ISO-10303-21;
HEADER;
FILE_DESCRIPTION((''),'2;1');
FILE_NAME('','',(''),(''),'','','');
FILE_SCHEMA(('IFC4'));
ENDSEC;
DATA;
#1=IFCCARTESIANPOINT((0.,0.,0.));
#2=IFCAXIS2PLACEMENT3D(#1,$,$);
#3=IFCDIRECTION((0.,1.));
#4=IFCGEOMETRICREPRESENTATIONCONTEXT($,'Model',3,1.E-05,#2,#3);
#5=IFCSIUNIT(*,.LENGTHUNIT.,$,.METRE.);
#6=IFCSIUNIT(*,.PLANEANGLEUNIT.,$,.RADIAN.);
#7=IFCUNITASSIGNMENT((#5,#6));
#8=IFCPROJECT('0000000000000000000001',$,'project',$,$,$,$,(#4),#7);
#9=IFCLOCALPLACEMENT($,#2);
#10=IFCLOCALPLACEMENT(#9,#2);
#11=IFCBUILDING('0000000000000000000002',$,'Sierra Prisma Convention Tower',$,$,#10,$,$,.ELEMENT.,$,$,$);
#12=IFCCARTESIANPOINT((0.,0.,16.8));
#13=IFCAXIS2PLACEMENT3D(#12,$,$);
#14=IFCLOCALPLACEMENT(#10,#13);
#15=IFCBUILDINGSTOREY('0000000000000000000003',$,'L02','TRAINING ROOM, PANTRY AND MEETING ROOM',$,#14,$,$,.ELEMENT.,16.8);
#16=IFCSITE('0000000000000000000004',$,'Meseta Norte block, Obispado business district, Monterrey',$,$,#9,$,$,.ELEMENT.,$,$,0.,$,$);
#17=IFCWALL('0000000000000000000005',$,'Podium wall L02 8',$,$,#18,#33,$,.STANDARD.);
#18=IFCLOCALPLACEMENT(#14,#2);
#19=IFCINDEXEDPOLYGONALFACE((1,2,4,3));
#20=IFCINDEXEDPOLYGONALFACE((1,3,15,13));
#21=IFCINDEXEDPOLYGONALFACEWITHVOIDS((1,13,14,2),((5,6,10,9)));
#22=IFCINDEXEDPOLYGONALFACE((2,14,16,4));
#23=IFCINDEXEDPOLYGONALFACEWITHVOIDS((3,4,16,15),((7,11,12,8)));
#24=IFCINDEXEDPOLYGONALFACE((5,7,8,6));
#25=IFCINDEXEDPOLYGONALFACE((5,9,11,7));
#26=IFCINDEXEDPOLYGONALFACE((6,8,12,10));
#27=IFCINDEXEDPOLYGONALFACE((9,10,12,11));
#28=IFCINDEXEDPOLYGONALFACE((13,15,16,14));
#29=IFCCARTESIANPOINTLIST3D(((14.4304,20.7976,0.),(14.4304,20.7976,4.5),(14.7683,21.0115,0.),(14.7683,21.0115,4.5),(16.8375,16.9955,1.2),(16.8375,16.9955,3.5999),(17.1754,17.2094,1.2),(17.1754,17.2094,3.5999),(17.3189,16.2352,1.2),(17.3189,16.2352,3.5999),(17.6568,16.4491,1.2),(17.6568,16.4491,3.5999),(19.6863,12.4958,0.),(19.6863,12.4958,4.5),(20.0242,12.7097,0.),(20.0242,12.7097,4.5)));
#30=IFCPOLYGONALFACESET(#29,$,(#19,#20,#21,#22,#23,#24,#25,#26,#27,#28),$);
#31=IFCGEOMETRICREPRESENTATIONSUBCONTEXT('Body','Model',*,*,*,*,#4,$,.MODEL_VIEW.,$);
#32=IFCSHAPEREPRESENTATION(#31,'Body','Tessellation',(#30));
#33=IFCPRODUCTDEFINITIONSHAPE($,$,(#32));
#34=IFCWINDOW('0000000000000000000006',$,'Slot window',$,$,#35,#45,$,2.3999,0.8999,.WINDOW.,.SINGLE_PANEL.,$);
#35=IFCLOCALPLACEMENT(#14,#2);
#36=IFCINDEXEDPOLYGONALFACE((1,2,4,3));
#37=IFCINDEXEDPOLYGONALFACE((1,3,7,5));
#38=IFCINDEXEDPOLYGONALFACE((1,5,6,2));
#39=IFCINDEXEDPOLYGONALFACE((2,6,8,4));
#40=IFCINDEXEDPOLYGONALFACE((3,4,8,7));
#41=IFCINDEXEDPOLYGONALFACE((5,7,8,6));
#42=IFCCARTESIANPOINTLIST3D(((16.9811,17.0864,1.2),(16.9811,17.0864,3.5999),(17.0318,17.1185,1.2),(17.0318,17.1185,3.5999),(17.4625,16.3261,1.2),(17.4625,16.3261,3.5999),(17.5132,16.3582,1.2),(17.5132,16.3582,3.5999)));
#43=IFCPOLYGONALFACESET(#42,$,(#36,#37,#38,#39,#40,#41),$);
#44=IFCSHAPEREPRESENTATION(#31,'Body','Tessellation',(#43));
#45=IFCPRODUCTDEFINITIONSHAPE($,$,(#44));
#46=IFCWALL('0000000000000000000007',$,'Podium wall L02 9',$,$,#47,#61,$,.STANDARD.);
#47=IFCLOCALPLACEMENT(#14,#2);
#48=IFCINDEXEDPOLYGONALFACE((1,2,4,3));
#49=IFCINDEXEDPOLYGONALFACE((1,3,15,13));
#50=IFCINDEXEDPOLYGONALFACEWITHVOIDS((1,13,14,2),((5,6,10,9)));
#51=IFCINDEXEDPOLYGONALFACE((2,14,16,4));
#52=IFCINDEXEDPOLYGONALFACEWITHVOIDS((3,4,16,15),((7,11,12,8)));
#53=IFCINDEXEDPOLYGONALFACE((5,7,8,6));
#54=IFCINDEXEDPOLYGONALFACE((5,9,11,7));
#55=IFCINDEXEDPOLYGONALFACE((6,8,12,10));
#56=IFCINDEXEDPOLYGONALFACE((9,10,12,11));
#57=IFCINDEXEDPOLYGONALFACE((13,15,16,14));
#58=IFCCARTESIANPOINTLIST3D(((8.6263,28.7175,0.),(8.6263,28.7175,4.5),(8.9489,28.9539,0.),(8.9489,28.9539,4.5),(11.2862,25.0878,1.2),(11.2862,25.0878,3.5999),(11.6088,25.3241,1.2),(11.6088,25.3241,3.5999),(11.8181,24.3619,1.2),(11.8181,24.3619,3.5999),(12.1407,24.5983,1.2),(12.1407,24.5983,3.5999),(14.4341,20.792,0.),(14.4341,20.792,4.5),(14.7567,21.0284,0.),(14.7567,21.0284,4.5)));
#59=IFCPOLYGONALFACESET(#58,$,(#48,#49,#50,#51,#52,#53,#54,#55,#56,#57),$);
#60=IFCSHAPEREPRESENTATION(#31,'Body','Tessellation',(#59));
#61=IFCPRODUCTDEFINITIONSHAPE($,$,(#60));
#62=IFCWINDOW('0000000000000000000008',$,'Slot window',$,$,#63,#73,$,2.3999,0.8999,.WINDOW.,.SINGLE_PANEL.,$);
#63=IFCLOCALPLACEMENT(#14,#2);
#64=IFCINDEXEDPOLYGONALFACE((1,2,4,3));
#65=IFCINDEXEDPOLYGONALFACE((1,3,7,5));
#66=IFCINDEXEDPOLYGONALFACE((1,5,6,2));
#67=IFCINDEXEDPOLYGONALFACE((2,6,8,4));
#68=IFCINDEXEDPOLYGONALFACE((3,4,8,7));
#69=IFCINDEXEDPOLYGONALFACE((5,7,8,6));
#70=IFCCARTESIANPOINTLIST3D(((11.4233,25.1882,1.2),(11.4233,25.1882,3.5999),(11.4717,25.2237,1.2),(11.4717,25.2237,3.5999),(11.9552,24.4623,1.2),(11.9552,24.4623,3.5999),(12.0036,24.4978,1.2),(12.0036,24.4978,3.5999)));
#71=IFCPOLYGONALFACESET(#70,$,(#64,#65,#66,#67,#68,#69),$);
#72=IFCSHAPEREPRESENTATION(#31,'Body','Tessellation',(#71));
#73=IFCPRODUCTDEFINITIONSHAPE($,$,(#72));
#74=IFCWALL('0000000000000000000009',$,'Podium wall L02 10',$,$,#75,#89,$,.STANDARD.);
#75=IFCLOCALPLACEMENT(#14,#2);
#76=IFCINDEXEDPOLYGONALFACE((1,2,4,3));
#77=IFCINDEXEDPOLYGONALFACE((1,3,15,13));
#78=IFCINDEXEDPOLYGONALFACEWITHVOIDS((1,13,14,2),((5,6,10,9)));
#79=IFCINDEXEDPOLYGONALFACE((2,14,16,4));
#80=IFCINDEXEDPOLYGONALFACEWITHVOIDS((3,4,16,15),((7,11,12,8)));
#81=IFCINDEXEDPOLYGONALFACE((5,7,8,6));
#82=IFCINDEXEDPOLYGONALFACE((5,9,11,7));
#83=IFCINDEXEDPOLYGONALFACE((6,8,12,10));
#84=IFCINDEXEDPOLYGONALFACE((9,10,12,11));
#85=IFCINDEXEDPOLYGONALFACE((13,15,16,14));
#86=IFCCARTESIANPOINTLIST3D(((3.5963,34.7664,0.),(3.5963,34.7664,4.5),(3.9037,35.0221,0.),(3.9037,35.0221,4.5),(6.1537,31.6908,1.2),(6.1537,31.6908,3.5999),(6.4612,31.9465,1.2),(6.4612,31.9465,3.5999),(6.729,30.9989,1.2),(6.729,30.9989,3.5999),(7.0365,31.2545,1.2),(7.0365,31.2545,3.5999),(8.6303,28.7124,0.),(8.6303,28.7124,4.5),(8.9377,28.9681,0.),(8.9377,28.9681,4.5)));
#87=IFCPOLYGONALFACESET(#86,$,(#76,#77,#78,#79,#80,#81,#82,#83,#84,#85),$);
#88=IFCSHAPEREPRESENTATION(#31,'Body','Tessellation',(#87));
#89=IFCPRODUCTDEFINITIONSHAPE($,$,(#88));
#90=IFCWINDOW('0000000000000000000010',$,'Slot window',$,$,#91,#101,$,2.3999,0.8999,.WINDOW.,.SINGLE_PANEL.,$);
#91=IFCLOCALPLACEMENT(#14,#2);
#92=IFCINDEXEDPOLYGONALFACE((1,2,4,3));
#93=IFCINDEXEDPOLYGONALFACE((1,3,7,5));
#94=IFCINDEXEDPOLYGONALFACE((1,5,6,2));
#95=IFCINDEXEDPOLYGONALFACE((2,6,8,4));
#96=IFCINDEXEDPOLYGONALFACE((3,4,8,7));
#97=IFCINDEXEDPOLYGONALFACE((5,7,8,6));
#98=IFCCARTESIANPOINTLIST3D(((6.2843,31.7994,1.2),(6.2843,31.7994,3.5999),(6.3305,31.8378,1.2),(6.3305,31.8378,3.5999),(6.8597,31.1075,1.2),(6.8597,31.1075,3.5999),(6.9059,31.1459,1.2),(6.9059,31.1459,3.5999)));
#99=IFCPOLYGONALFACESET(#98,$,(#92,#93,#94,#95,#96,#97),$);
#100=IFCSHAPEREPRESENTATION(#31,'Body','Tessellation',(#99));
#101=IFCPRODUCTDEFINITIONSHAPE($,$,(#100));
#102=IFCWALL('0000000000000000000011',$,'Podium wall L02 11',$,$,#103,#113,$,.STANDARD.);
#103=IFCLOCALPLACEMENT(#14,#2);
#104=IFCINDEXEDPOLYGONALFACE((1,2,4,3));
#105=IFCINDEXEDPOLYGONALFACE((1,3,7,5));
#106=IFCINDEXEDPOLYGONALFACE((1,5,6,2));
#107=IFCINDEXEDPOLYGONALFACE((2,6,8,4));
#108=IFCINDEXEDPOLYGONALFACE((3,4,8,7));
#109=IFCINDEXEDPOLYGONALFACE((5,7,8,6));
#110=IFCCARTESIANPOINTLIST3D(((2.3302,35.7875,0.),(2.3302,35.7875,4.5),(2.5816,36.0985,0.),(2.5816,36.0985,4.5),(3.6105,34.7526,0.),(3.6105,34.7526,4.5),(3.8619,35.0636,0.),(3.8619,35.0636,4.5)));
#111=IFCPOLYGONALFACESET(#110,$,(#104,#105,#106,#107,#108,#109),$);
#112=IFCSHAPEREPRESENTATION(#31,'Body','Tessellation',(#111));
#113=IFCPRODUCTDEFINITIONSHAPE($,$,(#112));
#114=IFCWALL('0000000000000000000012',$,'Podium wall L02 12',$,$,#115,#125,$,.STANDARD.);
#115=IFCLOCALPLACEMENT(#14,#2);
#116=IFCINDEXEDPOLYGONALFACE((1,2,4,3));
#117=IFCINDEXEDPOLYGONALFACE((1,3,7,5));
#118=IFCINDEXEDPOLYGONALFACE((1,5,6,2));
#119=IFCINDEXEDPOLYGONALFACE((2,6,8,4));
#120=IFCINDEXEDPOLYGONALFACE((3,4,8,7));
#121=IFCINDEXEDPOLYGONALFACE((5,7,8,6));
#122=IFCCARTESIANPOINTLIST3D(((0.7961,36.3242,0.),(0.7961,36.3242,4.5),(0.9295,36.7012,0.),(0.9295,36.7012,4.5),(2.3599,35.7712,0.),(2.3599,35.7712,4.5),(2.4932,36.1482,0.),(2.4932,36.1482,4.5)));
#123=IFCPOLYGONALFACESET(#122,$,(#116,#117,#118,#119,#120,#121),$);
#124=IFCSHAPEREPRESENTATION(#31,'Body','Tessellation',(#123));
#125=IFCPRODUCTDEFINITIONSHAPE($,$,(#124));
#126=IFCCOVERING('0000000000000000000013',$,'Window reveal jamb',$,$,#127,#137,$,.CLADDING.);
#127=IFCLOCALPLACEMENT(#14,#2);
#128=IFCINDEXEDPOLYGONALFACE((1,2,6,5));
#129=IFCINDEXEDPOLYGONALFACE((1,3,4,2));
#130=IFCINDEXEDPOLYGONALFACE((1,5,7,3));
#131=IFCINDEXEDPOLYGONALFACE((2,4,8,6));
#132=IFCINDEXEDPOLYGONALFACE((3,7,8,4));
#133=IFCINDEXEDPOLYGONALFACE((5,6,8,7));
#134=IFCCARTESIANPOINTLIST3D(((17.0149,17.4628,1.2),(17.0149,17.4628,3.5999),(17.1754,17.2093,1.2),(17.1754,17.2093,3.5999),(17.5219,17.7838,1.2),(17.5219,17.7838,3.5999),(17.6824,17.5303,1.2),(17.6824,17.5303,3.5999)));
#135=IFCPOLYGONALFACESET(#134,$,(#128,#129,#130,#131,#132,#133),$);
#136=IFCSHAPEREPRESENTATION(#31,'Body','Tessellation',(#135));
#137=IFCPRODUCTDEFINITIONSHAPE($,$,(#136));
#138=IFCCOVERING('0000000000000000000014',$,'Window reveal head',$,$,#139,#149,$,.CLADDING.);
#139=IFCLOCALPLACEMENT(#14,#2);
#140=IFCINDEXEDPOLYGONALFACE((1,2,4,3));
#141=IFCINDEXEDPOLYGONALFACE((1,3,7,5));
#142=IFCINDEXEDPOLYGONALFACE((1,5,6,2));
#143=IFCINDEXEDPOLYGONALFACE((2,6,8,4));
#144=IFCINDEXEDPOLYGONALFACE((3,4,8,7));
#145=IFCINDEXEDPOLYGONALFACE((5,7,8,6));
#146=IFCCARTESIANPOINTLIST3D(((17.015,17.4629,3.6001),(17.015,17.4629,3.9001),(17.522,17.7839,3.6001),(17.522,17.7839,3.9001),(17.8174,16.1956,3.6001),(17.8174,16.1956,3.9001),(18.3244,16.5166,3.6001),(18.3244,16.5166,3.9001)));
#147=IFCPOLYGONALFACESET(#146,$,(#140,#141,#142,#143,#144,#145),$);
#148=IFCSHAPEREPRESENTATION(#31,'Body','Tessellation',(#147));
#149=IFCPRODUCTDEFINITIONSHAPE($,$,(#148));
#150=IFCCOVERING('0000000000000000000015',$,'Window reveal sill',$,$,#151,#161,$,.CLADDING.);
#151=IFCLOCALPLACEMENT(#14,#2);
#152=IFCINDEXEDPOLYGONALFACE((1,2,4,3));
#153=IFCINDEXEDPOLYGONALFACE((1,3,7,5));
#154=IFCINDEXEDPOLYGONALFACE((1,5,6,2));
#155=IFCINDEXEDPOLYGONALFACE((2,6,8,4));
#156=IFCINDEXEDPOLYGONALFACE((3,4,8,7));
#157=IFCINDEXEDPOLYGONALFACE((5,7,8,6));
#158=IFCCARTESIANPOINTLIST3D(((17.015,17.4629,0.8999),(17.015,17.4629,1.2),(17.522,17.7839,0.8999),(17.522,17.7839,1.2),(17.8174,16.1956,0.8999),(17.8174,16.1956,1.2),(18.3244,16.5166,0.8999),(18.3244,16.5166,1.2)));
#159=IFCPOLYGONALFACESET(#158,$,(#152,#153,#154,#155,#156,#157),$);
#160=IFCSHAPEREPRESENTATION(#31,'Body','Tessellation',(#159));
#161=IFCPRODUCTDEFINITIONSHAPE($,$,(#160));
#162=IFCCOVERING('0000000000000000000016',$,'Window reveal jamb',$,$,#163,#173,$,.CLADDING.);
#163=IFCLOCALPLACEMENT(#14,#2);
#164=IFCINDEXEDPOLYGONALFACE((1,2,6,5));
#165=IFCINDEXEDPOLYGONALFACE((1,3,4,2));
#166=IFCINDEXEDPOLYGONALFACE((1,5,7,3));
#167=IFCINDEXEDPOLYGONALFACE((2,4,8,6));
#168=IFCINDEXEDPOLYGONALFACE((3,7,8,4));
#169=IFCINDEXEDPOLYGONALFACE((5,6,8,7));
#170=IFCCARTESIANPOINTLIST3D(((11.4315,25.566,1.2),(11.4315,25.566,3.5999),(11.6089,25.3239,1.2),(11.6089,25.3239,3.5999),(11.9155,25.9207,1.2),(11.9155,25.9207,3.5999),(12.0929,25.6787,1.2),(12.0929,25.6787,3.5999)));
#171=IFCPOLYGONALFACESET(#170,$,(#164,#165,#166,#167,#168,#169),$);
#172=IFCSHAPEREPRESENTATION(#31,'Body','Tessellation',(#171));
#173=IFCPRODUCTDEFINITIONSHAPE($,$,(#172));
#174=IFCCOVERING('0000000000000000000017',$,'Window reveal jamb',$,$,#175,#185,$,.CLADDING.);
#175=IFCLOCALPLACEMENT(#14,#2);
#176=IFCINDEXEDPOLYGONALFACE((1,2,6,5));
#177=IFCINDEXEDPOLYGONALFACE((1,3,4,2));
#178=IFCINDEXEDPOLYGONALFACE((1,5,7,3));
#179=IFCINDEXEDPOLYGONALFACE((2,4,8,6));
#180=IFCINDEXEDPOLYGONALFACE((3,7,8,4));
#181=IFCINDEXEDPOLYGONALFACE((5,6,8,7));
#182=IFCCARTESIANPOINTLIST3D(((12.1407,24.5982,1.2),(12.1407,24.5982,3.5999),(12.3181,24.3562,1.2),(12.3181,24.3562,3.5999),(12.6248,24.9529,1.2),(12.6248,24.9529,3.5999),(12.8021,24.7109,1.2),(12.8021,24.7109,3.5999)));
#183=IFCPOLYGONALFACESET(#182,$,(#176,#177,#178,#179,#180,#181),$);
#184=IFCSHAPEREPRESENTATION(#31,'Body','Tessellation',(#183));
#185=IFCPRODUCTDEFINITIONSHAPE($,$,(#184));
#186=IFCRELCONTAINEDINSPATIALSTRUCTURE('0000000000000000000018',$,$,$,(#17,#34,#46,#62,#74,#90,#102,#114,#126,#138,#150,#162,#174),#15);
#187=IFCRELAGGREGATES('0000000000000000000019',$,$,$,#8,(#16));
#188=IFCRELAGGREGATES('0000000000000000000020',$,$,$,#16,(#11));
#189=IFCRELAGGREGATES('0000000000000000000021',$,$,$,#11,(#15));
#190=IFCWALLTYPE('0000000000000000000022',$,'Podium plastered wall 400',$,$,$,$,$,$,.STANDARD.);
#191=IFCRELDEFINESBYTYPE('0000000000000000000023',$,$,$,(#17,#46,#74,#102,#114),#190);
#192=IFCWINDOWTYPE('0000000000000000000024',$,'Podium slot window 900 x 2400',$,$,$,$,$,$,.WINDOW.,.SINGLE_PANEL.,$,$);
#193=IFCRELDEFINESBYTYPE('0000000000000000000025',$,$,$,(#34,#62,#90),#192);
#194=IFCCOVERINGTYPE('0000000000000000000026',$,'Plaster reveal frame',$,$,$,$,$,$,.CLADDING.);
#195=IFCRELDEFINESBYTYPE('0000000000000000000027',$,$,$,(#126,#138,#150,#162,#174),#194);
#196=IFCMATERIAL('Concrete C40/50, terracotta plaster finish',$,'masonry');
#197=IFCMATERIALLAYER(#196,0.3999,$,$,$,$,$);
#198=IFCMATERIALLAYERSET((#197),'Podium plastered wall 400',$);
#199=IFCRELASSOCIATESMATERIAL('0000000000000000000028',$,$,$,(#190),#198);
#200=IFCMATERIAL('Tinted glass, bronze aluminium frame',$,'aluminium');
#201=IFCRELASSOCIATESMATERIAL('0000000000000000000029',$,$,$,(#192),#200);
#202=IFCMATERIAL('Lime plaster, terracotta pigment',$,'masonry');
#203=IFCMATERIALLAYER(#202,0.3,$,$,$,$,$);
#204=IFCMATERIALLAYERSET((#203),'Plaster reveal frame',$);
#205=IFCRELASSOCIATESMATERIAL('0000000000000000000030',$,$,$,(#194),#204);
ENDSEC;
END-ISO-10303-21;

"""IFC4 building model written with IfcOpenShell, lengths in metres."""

from ifc_helpers import new_model, si_unit, direction, frame, frame_2d, origin, origin_2d, place, context, subcontext, project, spatial, rectangle, extrude, material, layer, layer_set, type_object, element, fill, save


model = new_model("IFC4")

# Units and contexts
model_context = context("Model", 3, precision=1e-05, world=origin(), true_north=direction((0.0, 1.0)))
body_context = subcontext(model_context, "Body", "Model", "MODEL_VIEW")
ifc_project = project(units=[si_unit("LENGTHUNIT", "METRE"), si_unit("PLANEANGLEUNIT", "RADIAN")], contexts=[model_context])

# Site, building, storey
site_placement = place(None, origin())
site = spatial("IfcSite", under=ifc_project, at=site_placement, Name="Meseta Norte block, Obispado business district, Monterrey", CompositionType="ELEMENT", RefElevation=0.0)
building_placement = place(site_placement, origin())
building = spatial("IfcBuilding", under=site, at=building_placement, Name="Sierra Prisma Convention Tower", CompositionType="ELEMENT")
storey_placement = place(building_placement, frame((0.0, 0.0, 16.8)))
storey = spatial("IfcBuildingStorey", under=building, at=storey_placement, Name="L02", Description="TRAINING ROOM, PANTRY AND MEETING ROOM", CompositionType="ELEMENT", Elevation=16.8)

# Walls, openings, windows
ifc_material_1 = material(Name="Concrete C40/50, terracotta plaster finish", Category="masonry")
ifc_layer_1 = layer(ifc_material_1, 0.3999)
ifc_layer_set_1 = layer_set([ifc_layer_1], Name="Podium plastered wall 400")
wall_type = type_object("IfcWallType", Name="Podium plastered wall 400", PredefinedType="STANDARD", material=ifc_layer_set_1)
wall_1_placement = place(storey_placement, frame((14.5994, 20.9045, 0.0), z_axis=(0.0, 0.0, 1.0), x_axis=(0.534913, -0.844907, 0.0)))
wall_1 = element("IfcWall", 1, at=wall_1_placement, inside=storey, type_object=wall_type, Name="Podium wall L02 8", PredefinedType="STANDARD", context=body_context, shape_type="SweptSolid", body=[
    extrude(rectangle(XDim=9.8257, YDim=0.3999, at=frame_2d((4.9128, 0.0))), origin(), (0.0, 0.0, 1.0), 4.5),
])
opening_1_placement = place(wall_1_placement, frame((4.5, 0.0, 1.2)))
opening_1 = element("IfcOpeningElement", 2, at=opening_1_placement, cuts=wall_1, PredefinedType="OPENING", context=body_context, shape_type="SweptSolid", body=[
    extrude(rectangle(XDim=0.8999, YDim=2.3999, at=frame_2d((0.45, 1.2))), frame((0.0, 0.2, 0.0), z_axis=(0.0, -1.0, 0.0), x_axis=(1.0, 0.0, 0.0)), (0.0, 0.0, 1.0), 0.3999),
])
ifc_material_2 = material(Name="Tinted glass, bronze aluminium frame", Category="aluminium")
window_type = type_object("IfcWindowType", Name="Podium slot window 900 x 2400", PartitioningType="SINGLE_PANEL", PredefinedType="WINDOW", material=ifc_material_2)
window_1_placement = place(opening_1_placement, origin())
window_1 = element("IfcWindow", 3, at=window_1_placement, inside=storey, type_object=window_type, Name="Slot window", OverallHeight=2.3999, OverallWidth=0.8999, PartitioningType="SINGLE_PANEL", PredefinedType="WINDOW", context=body_context, shape_type="SweptSolid", body=[
    extrude(rectangle(XDim=0.8999, YDim=2.3999, at=frame_2d((0.45, 1.2))), frame((0.0, 0.03, 0.0), z_axis=(0.0, -1.0, 0.0), x_axis=(1.0, 0.0, 0.0)), (0.0, 0.0, 1.0), 0.0601),
])
fill(opening_1, window_1)
wall_2_placement = place(storey_placement, frame((8.7876, 28.8357, 0.0), z_axis=(0.0, 0.0, 1.0), x_axis=(0.591086, -0.806609, 0.0)))
wall_2 = element("IfcWall", 4, at=wall_2_placement, inside=storey, type_object=wall_type, Name="Podium wall L02 9", PredefinedType="STANDARD", context=body_context, shape_type="SweptSolid", body=[
    extrude(rectangle(XDim=9.8257, YDim=0.3999, at=frame_2d((4.9128, 0.0))), origin(), (0.0, 0.0, 1.0), 4.5),
])
opening_2_placement = place(wall_2_placement, frame((4.5, 0.0, 1.2)))
opening_2 = element("IfcOpeningElement", 5, at=opening_2_placement, cuts=wall_2, PredefinedType="OPENING", context=body_context, shape_type="SweptSolid", body=[
    extrude(rectangle(XDim=0.8999, YDim=2.3999, at=frame_2d((0.45, 1.2))), frame((0.0, 0.2, 0.0), z_axis=(0.0, -1.0, 0.0), x_axis=(1.0, 0.0, 0.0)), (0.0, 0.0, 1.0), 0.3999),
])
window_2_placement = place(opening_2_placement, origin())
window_2 = element("IfcWindow", 6, at=window_2_placement, inside=storey, type_object=window_type, Name="Slot window", OverallHeight=2.3999, OverallWidth=0.8999, PartitioningType="SINGLE_PANEL", PredefinedType="WINDOW", context=body_context, shape_type="SweptSolid", body=[
    extrude(rectangle(XDim=0.8999, YDim=2.3999, at=frame_2d((0.45, 1.2))), frame((0.0, 0.03, 0.0), z_axis=(0.0, -1.0, 0.0), x_axis=(1.0, 0.0, 0.0)), (0.0, 0.0, 1.0), 0.0601),
])
fill(opening_2, window_2)
wall_3_placement = place(storey_placement, frame((3.75, 34.8943, 0.0), z_axis=(0.0, 0.0, 1.0), x_axis=(0.639357, -0.76891, 0.0)))
wall_3 = element("IfcWall", 7, at=wall_3_placement, inside=storey, type_object=wall_type, Name="Podium wall L02 10", PredefinedType="STANDARD", context=body_context, shape_type="SweptSolid", body=[
    extrude(rectangle(XDim=7.8735, YDim=0.3999, at=frame_2d((3.9368, 0.0))), origin(), (0.0, 0.0, 1.0), 4.5),
])
opening_3_placement = place(wall_3_placement, frame((4.0, 0.0, 1.2)))
opening_3 = element("IfcOpeningElement", 8, at=opening_3_placement, cuts=wall_3, PredefinedType="OPENING", context=body_context, shape_type="SweptSolid", body=[
    extrude(rectangle(XDim=0.8999, YDim=2.3999, at=frame_2d((0.45, 1.2))), frame((0.0, 0.2, 0.0), z_axis=(0.0, -1.0, 0.0), x_axis=(1.0, 0.0, 0.0)), (0.0, 0.0, 1.0), 0.3999),
])
window_3_placement = place(opening_3_placement, origin())
window_3 = element("IfcWindow", 9, at=window_3_placement, inside=storey, type_object=window_type, Name="Slot window", OverallHeight=2.3999, OverallWidth=0.8999, PartitioningType="SINGLE_PANEL", PredefinedType="WINDOW", context=body_context, shape_type="SweptSolid", body=[
    extrude(rectangle(XDim=0.8999, YDim=2.3999, at=frame_2d((0.45, 1.2))), frame((0.0, 0.03, 0.0), z_axis=(0.0, -1.0, 0.0), x_axis=(1.0, 0.0, 0.0)), (0.0, 0.0, 1.0), 0.0601),
])
fill(opening_3, window_3)

# Walls
wall_4_placement = place(storey_placement, frame((2.4558, 35.9431, 0.0), z_axis=(0.0, 0.0, 1.0), x_axis=(0.77769, -0.628648, 0.0)))
element("IfcWall", 10, at=wall_4_placement, inside=storey, type_object=wall_type, Name="Podium wall L02 11", PredefinedType="STANDARD", context=body_context, shape_type="SweptSolid", body=[
    extrude(rectangle(XDim=1.6462, YDim=0.3999, at=frame_2d((0.8232, 0.0))), origin(), (0.0, 0.0, 1.0), 4.5),
])
wall_5_placement = place(storey_placement, frame((0.8628, 36.5127, 0.0), z_axis=(0.0, 0.0, 1.0), x_axis=(0.942786, -0.333398, 0.0)))
element("IfcWall", 11, at=wall_5_placement, inside=storey, type_object=wall_type, Name="Podium wall L02 12", PredefinedType="STANDARD", context=body_context, shape_type="SweptSolid", body=[
    extrude(rectangle(XDim=1.6587, YDim=0.3999, at=frame_2d((0.8293, 0.0))), origin(), (0.0, 0.0, 1.0), 4.5),
])

# Coverings
ifc_material_3 = material(Name="Lime plaster, terracotta pigment", Category="masonry")
ifc_layer_2 = layer(ifc_material_3, 0.3)
ifc_layer_set_2 = layer_set([ifc_layer_2], Name="Plaster reveal frame")
covering_type = type_object("IfcCoveringType", Name="Plaster reveal frame", PredefinedType="CLADDING", material=ifc_layer_set_2)
covering_placement = place(storey_placement, frame((17.3486, 17.4966, 1.2), z_axis=(0.0, 0.0, 1.0), x_axis=(0.534914, -0.844906, 0.0)))
element("IfcCovering", 12, at=covering_placement, inside=storey, type_object=covering_type, Name="Window reveal jamb", PredefinedType="CLADDING", context=body_context, shape_type="SweptSolid", body=[
    extrude(rectangle(XDim=0.3, YDim=0.6001, at=origin_2d()), origin(), (0.0, 0.0, 1.0), 2.3999),
])
for number, where, z_axis, x_axis, name in (
    (13, (17.6697, 16.9897, 3.6001), (0.0, 0.0, 1.0), (0.534914, -0.844906, 0.0), "Window reveal head"),
    (14, (17.6697, 16.9897, 0.8999), (0.0, 0.0, 1.0), (0.534914, -0.844906, 0.0), "Window reveal sill"),
):
    element("IfcCovering", number, at=place(storey_placement, frame(where, z_axis=z_axis, x_axis=x_axis)), inside=storey, type_object=covering_type, Name=name, PredefinedType="CLADDING", context=body_context, shape_type="SweptSolid", body=[
        extrude(rectangle(XDim=1.5, YDim=0.6001, at=origin_2d()), origin(), (0.0, 0.0, 1.0), 0.3),
    ])
for number, where, z_axis, x_axis, name in (
    (15, (11.7622, 25.6223, 1.2), (0.0, 0.0, 1.0), (0.591099, -0.806599, 0.0), "Window reveal jamb"),
    (16, (12.4714, 24.6545, 1.2), (0.0, 0.0, 1.0), (0.591099, -0.806599, 0.0), "Window reveal jamb"),
):
    element("IfcCovering", number, at=place(storey_placement, frame(where, z_axis=z_axis, x_axis=x_axis)), inside=storey, type_object=covering_type, Name=name, PredefinedType="CLADDING", context=body_context, shape_type="SweptSolid", body=[
        extrude(rectangle(XDim=0.3, YDim=0.6001, at=origin_2d()), origin(), (0.0, 0.0, 1.0), 2.3999),
    ])

save(model, "model.ifc")
